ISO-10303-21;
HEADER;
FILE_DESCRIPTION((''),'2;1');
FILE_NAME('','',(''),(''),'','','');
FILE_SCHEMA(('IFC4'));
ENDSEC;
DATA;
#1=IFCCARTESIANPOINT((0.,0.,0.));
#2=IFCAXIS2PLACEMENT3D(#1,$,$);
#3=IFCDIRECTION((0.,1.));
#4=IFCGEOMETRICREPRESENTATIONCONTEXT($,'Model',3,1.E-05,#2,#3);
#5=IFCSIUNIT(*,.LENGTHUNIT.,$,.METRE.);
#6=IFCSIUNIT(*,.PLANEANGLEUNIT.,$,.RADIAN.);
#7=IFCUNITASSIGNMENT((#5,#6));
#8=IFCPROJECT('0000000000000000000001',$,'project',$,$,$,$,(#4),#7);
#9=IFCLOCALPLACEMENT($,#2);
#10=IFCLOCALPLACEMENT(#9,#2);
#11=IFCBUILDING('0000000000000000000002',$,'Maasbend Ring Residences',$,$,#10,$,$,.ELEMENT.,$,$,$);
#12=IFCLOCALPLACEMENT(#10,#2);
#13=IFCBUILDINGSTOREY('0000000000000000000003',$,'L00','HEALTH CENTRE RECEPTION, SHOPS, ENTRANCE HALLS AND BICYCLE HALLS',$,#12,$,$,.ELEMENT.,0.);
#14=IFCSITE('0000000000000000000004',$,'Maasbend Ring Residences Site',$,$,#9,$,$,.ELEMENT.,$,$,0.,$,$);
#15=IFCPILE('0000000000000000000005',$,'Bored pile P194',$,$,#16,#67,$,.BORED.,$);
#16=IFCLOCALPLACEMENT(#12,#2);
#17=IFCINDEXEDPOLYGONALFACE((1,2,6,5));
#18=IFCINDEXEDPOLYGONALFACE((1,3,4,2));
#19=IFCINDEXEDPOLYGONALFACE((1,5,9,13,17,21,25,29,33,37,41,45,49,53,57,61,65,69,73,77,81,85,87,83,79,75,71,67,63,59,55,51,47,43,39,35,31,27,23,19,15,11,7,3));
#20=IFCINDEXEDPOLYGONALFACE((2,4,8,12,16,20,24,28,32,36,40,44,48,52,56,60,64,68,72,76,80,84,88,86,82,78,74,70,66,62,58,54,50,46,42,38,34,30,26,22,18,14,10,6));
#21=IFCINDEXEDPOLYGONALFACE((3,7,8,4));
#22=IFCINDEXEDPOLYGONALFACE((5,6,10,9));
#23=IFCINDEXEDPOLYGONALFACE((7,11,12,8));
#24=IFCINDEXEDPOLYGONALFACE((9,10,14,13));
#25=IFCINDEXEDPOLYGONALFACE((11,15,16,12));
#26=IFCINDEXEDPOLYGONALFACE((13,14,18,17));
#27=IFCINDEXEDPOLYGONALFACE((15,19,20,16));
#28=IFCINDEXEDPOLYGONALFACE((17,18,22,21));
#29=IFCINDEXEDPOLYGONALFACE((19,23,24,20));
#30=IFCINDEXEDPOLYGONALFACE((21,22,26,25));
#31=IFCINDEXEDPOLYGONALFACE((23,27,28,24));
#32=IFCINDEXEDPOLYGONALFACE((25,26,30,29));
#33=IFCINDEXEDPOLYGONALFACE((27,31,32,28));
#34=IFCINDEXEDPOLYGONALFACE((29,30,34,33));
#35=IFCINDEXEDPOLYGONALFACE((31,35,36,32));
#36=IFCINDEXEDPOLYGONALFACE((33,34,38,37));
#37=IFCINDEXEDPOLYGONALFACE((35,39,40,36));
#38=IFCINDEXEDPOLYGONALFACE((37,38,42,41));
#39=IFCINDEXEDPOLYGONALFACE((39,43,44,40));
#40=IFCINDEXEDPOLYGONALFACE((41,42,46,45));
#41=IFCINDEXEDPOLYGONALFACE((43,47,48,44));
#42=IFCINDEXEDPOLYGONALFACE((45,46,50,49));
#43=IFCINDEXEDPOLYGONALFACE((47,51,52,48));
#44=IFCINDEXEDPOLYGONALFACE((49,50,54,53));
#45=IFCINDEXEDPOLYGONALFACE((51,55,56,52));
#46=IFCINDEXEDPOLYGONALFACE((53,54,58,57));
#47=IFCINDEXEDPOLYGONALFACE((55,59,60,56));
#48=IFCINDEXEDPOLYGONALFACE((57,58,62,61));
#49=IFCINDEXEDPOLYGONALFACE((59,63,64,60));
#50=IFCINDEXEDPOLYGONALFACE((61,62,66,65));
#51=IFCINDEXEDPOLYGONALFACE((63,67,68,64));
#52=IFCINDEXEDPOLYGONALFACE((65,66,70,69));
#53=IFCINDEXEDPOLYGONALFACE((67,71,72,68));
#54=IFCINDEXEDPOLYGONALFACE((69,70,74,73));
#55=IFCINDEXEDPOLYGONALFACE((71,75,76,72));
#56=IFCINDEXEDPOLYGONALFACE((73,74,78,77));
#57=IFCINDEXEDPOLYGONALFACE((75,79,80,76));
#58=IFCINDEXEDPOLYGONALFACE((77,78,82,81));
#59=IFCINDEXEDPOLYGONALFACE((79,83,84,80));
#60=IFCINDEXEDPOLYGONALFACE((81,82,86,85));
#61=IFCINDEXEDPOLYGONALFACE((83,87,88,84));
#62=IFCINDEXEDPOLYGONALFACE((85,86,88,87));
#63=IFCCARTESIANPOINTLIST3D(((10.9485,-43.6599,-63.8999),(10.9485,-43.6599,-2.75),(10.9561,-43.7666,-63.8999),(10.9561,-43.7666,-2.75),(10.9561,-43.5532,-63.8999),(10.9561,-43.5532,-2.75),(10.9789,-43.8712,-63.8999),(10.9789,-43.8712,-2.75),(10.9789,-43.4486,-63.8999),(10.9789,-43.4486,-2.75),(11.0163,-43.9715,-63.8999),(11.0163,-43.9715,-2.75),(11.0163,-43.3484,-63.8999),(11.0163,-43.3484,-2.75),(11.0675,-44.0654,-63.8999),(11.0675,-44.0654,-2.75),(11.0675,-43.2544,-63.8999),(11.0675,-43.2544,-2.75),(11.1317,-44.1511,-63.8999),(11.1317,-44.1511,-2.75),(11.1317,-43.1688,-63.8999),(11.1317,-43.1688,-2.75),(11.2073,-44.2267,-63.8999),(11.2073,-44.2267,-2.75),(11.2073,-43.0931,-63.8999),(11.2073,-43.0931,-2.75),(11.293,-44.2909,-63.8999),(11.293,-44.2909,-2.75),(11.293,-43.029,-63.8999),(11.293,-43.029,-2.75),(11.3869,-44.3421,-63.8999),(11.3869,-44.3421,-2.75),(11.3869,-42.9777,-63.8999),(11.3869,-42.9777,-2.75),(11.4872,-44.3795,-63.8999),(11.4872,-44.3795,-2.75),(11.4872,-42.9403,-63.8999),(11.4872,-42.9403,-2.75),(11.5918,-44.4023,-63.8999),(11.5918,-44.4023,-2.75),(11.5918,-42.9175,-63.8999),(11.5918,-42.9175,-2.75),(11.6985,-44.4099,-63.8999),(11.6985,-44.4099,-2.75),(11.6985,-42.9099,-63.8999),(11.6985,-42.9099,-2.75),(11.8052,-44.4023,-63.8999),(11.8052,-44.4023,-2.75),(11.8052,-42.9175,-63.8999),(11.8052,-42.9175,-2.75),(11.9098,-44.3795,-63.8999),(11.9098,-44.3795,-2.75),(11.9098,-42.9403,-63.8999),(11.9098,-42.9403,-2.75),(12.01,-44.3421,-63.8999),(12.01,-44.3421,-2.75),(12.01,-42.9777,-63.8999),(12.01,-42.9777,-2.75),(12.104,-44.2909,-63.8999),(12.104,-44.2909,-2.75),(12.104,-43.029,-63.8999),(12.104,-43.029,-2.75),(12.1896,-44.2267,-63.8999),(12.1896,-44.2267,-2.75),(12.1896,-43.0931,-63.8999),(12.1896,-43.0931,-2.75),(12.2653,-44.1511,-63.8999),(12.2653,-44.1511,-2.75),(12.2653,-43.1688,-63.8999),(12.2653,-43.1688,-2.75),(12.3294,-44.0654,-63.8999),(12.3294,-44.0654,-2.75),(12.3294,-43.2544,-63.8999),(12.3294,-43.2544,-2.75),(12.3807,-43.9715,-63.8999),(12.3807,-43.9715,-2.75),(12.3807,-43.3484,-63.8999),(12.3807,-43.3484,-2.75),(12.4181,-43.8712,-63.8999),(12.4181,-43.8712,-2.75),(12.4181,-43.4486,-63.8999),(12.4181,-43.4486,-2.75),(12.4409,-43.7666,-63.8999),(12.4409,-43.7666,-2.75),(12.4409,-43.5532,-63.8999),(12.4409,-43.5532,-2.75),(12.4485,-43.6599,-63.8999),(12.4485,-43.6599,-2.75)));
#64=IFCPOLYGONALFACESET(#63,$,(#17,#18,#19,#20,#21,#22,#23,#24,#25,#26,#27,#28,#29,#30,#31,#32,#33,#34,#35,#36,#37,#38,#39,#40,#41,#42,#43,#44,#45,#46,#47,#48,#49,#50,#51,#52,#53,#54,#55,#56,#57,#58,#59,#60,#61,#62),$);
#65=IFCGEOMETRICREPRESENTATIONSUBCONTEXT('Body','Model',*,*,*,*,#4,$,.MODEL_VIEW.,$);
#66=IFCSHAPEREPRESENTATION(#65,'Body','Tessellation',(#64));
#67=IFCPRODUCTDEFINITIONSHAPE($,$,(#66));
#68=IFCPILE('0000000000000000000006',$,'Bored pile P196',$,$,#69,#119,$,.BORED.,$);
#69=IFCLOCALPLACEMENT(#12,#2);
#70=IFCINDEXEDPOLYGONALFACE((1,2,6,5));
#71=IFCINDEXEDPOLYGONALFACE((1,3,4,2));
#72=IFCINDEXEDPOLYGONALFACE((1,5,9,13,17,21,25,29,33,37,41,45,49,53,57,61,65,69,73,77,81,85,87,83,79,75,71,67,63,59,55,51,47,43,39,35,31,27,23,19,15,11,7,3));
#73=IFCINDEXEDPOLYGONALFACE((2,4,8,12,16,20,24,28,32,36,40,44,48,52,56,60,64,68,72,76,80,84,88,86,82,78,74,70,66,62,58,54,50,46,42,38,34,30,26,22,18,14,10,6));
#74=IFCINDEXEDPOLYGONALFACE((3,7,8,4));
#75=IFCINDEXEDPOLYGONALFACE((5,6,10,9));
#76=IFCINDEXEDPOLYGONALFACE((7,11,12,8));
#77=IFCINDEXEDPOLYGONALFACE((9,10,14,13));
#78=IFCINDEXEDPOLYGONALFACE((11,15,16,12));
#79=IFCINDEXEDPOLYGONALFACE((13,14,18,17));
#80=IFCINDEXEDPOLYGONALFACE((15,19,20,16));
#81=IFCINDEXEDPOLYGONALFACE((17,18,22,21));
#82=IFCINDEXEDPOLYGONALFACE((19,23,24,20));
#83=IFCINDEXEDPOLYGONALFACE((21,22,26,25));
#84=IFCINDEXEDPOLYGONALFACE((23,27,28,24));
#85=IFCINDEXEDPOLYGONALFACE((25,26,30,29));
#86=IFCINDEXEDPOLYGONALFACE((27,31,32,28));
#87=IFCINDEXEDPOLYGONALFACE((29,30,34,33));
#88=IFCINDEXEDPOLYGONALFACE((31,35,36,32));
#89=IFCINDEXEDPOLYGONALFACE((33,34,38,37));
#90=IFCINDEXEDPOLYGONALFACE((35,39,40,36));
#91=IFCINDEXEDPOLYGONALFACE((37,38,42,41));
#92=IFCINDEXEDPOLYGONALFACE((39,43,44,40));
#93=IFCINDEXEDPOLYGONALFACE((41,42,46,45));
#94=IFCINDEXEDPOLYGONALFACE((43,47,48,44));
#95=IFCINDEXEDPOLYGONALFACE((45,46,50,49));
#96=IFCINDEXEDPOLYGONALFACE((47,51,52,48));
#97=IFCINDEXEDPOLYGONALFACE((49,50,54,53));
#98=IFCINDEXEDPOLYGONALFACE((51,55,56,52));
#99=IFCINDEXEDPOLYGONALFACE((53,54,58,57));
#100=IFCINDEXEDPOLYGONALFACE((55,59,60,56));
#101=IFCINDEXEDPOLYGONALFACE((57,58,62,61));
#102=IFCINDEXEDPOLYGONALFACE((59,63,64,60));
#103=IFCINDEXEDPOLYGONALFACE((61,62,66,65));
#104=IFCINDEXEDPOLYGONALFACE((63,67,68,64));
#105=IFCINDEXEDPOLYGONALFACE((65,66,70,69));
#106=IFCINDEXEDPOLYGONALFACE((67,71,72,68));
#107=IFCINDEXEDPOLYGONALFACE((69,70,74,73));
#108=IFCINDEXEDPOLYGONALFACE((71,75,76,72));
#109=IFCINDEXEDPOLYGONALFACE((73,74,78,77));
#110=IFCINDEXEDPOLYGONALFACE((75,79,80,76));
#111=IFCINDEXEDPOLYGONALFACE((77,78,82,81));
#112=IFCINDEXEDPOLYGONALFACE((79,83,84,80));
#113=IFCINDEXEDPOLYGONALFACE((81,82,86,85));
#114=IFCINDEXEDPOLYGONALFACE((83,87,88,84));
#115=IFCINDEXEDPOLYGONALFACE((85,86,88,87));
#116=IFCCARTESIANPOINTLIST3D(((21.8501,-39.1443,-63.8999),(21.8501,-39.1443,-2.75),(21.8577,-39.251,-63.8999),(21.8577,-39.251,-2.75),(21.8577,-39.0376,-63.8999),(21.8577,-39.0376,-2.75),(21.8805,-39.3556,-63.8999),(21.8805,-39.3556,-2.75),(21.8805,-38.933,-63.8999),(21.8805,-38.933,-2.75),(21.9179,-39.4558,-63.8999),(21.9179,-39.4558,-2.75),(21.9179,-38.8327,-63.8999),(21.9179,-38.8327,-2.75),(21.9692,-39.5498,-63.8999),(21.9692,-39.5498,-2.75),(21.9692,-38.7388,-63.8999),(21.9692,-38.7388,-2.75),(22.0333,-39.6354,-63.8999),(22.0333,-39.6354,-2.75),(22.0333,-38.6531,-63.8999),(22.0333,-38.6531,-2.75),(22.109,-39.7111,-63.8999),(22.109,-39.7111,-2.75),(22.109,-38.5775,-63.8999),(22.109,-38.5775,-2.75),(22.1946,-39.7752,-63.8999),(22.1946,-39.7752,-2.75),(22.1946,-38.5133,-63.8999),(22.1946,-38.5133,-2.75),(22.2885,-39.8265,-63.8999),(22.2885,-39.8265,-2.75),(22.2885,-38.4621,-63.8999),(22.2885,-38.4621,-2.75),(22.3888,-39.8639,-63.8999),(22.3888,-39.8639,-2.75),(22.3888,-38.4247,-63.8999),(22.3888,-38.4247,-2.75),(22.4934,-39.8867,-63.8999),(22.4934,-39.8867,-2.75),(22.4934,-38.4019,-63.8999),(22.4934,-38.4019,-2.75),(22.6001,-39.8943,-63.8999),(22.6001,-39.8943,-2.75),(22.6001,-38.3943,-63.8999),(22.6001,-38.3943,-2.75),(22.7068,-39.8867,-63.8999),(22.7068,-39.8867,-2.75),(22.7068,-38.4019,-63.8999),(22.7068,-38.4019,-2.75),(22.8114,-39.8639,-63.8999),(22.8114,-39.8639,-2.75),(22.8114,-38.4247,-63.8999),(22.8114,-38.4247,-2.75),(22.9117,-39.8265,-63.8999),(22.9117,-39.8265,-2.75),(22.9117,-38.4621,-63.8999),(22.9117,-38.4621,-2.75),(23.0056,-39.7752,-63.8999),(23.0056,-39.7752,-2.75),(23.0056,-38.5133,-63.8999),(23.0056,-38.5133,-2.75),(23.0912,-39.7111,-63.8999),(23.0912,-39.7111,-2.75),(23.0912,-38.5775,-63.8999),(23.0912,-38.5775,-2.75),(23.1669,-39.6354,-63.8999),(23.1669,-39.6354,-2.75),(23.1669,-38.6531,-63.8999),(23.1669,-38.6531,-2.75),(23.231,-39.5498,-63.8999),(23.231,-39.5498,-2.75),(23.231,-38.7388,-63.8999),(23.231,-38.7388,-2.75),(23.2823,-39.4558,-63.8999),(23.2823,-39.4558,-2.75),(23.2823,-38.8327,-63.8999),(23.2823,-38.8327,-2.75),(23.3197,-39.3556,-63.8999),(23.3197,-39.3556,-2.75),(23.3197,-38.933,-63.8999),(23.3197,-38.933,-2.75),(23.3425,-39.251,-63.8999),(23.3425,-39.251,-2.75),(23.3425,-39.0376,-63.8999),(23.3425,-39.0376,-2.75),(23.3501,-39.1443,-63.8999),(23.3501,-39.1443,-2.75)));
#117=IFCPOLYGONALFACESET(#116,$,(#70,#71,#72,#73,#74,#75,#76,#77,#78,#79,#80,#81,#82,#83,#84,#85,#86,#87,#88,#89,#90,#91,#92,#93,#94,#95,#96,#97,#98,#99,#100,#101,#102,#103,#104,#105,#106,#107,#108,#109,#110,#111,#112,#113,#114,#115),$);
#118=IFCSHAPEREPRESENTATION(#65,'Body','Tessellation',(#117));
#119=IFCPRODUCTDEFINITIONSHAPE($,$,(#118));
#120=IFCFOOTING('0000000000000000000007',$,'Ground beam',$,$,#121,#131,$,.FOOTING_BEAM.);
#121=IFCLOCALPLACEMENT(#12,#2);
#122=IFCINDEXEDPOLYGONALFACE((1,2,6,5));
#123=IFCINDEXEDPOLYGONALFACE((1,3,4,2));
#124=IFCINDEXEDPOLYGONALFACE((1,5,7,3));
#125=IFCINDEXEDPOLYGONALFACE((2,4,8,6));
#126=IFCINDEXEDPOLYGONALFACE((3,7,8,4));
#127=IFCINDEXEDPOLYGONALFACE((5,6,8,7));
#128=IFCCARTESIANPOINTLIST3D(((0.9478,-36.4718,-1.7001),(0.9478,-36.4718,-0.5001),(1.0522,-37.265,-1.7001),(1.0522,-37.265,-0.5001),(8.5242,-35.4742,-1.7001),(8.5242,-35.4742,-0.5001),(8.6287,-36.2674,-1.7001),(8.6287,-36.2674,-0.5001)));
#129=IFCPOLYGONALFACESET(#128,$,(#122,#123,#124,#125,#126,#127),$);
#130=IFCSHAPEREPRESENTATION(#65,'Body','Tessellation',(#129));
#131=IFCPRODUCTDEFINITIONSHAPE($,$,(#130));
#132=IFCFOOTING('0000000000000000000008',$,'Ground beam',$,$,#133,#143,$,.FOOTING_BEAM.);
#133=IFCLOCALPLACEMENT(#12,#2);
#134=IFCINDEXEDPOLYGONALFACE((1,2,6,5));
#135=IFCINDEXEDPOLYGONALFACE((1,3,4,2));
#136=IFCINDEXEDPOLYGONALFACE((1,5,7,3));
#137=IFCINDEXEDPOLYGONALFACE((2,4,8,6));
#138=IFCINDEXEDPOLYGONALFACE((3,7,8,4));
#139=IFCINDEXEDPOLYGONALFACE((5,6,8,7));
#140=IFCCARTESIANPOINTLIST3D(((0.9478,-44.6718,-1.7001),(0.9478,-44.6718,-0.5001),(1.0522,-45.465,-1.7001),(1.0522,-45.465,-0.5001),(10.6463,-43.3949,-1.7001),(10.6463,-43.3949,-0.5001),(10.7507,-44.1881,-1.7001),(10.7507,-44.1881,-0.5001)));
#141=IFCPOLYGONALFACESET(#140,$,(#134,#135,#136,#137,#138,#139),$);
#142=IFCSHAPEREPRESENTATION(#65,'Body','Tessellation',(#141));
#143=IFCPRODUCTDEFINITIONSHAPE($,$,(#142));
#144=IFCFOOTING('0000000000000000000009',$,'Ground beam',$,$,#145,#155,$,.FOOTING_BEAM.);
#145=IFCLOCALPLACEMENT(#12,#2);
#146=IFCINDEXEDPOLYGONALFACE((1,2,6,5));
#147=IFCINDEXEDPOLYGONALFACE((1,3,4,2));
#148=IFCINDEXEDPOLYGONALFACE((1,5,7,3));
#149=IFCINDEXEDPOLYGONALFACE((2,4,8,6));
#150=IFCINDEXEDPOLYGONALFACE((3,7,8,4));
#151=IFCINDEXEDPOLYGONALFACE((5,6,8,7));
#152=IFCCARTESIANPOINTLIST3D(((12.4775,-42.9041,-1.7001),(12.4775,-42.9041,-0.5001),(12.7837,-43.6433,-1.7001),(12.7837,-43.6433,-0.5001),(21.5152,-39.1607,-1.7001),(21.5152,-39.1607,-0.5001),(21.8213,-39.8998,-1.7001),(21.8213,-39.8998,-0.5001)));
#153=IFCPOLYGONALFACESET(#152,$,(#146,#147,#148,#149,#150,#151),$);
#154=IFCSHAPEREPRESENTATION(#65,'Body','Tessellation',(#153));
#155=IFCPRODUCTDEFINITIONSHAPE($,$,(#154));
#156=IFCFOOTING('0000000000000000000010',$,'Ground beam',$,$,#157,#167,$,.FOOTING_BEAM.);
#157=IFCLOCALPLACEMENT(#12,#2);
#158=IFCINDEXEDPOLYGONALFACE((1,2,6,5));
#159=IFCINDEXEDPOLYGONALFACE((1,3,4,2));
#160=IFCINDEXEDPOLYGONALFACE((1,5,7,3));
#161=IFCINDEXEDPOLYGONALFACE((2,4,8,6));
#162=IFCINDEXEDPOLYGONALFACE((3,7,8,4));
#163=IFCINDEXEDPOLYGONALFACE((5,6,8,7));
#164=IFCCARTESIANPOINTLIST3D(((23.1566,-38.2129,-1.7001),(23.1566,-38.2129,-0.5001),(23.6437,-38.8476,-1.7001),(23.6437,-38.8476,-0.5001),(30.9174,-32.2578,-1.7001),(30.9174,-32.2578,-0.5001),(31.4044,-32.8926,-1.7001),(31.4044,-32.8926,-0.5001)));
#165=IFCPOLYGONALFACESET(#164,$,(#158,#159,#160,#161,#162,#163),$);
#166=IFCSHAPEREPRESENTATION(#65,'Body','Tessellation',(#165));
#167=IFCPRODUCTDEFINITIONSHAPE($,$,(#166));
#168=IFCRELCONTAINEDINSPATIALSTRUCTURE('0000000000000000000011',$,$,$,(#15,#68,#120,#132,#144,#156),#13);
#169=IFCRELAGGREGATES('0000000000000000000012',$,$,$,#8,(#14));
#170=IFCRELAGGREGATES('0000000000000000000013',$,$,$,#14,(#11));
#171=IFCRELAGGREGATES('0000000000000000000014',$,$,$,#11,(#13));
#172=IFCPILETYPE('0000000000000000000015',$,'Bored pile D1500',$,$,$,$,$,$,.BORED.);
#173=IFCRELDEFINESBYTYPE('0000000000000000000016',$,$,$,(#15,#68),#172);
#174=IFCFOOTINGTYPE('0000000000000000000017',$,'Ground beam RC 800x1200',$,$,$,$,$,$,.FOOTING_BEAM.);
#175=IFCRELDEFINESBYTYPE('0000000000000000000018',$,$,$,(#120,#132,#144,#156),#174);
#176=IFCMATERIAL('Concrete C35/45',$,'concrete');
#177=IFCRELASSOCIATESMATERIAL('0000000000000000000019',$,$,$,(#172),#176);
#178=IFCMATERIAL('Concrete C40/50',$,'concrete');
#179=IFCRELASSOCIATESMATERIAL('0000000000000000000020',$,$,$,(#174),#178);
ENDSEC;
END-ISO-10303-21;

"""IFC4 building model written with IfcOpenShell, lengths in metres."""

from ifc_helpers import new_model, si_unit, direction, frame, origin, origin_2d, place, context, subcontext, project, spatial, rectangle, circle, extrude, material, material_profile, profile_set, type_object, element, save


model = new_model("IFC4")

# Units and contexts
model_context = context("Model", 3, precision=1e-05, world=origin(), true_north=direction((0.0, 1.0)))
body_context = subcontext(model_context, "Body", "Model", "MODEL_VIEW")
ifc_project = project(units=[si_unit("LENGTHUNIT", "METRE"), si_unit("PLANEANGLEUNIT", "RADIAN")], contexts=[model_context])

# Site, building, storey
site_placement = place(None, origin())
site = spatial("IfcSite", under=ifc_project, at=site_placement, Name="Maasbend Ring Residences Site", CompositionType="ELEMENT", RefElevation=0.0)
building_placement = place(site_placement, origin())
building = spatial("IfcBuilding", under=site, at=building_placement, Name="Maasbend Ring Residences", CompositionType="ELEMENT")
storey_placement = place(building_placement, origin())
storey = spatial("IfcBuildingStorey", under=building, at=storey_placement, Name="L00", Description="HEALTH CENTRE RECEPTION, SHOPS, ENTRANCE HALLS AND BICYCLE HALLS", CompositionType="ELEMENT", Elevation=0.0)

# Piles
ifc_material_1 = material(Name="Concrete C35/45", Category="concrete")
ifc_material_profile_1 = material_profile(ifc_material_1, circle(Radius=0.75, at=origin_2d()), Name="Bored pile D1500")
ifc_profile_set_1 = profile_set([ifc_material_profile_1], Name="Concrete C35/45")
pile_type = type_object("IfcPileType", Name="Bored pile D1500", PredefinedType="BORED", material=ifc_profile_set_1)
for number, where, z_axis, x_axis, name in (
    (1, (11.6985, -43.6599, -2.75), (0.0, 0.0, -1.0), (1.0, 0.0, 0.0), "Bored pile P194"),
    (2, (22.6001, -39.1443, -2.75), (0.0, 0.0, -1.0), (1.0, 0.0, 0.0), "Bored pile P196"),
):
    element("IfcPile", number, at=place(storey_placement, frame(where, z_axis=z_axis, x_axis=x_axis)), inside=storey, type_object=pile_type, Name=name, PredefinedType="BORED", context=body_context, shape_type="SweptSolid", body=[
        extrude(circle(Radius=0.75, at=origin_2d()), origin(), (0.0, 0.0, 1.0), 61.1499),
    ])

# Footings
ifc_material_2 = material(Name="Concrete C40/50", Category="concrete")
ifc_material_profile_2 = material_profile(ifc_material_2, rectangle(XDim=0.8, YDim=1.2, at=origin_2d()), Name="Ground beam RC 800x1200")
ifc_profile_set_2 = profile_set([ifc_material_profile_2], Name="Concrete C40/50")
footing_type = type_object("IfcFootingType", Name="Ground beam RC 800x1200", PredefinedType="FOOTING_BEAM", material=ifc_profile_set_2)
footing_placement = place(storey_placement, frame((1.0, -36.8684, -1.1001), z_axis=(0.991443, 0.13054, 0.0), x_axis=(-0.13054, 0.991443, 0.0)))
element("IfcFooting", 3, at=footing_placement, inside=storey, type_object=footing_type, Name="Ground beam", PredefinedType="FOOTING_BEAM", context=body_context, shape_type="SweptSolid", body=[
    extrude(rectangle(XDim=0.8, YDim=1.2, at=origin_2d()), origin(), (0.0, 0.0, 1.0), 7.6418),
])
for number, where, z_axis, x_axis, name in (
    (4, (1.0, -45.0684, -1.1001), (0.991445, 0.130529, 0.0), (-0.130529, 0.991445, 0.0), "Ground beam"),
    (5, (12.6306, -43.2737, -1.1001), (0.923883, 0.382676, 0.0), (-0.382676, 0.923883, 0.0), "Ground beam"),
    (6, (23.4001, -38.5303, -1.1001), (0.793351, 0.608765, 0.0), (-0.608765, 0.793351, 0.0), "Ground beam"),
):
    element("IfcFooting", number, at=place(storey_placement, frame(where, z_axis=z_axis, x_axis=x_axis)), inside=storey, type_object=footing_type, Name=name, PredefinedType="FOOTING_BEAM", context=body_context, shape_type="SweptSolid", body=[
        extrude(rectangle(XDim=0.8, YDim=1.2, at=origin_2d()), origin(), (0.0, 0.0, 1.0), 9.7822),
    ])

save(model, "model.ifc")
